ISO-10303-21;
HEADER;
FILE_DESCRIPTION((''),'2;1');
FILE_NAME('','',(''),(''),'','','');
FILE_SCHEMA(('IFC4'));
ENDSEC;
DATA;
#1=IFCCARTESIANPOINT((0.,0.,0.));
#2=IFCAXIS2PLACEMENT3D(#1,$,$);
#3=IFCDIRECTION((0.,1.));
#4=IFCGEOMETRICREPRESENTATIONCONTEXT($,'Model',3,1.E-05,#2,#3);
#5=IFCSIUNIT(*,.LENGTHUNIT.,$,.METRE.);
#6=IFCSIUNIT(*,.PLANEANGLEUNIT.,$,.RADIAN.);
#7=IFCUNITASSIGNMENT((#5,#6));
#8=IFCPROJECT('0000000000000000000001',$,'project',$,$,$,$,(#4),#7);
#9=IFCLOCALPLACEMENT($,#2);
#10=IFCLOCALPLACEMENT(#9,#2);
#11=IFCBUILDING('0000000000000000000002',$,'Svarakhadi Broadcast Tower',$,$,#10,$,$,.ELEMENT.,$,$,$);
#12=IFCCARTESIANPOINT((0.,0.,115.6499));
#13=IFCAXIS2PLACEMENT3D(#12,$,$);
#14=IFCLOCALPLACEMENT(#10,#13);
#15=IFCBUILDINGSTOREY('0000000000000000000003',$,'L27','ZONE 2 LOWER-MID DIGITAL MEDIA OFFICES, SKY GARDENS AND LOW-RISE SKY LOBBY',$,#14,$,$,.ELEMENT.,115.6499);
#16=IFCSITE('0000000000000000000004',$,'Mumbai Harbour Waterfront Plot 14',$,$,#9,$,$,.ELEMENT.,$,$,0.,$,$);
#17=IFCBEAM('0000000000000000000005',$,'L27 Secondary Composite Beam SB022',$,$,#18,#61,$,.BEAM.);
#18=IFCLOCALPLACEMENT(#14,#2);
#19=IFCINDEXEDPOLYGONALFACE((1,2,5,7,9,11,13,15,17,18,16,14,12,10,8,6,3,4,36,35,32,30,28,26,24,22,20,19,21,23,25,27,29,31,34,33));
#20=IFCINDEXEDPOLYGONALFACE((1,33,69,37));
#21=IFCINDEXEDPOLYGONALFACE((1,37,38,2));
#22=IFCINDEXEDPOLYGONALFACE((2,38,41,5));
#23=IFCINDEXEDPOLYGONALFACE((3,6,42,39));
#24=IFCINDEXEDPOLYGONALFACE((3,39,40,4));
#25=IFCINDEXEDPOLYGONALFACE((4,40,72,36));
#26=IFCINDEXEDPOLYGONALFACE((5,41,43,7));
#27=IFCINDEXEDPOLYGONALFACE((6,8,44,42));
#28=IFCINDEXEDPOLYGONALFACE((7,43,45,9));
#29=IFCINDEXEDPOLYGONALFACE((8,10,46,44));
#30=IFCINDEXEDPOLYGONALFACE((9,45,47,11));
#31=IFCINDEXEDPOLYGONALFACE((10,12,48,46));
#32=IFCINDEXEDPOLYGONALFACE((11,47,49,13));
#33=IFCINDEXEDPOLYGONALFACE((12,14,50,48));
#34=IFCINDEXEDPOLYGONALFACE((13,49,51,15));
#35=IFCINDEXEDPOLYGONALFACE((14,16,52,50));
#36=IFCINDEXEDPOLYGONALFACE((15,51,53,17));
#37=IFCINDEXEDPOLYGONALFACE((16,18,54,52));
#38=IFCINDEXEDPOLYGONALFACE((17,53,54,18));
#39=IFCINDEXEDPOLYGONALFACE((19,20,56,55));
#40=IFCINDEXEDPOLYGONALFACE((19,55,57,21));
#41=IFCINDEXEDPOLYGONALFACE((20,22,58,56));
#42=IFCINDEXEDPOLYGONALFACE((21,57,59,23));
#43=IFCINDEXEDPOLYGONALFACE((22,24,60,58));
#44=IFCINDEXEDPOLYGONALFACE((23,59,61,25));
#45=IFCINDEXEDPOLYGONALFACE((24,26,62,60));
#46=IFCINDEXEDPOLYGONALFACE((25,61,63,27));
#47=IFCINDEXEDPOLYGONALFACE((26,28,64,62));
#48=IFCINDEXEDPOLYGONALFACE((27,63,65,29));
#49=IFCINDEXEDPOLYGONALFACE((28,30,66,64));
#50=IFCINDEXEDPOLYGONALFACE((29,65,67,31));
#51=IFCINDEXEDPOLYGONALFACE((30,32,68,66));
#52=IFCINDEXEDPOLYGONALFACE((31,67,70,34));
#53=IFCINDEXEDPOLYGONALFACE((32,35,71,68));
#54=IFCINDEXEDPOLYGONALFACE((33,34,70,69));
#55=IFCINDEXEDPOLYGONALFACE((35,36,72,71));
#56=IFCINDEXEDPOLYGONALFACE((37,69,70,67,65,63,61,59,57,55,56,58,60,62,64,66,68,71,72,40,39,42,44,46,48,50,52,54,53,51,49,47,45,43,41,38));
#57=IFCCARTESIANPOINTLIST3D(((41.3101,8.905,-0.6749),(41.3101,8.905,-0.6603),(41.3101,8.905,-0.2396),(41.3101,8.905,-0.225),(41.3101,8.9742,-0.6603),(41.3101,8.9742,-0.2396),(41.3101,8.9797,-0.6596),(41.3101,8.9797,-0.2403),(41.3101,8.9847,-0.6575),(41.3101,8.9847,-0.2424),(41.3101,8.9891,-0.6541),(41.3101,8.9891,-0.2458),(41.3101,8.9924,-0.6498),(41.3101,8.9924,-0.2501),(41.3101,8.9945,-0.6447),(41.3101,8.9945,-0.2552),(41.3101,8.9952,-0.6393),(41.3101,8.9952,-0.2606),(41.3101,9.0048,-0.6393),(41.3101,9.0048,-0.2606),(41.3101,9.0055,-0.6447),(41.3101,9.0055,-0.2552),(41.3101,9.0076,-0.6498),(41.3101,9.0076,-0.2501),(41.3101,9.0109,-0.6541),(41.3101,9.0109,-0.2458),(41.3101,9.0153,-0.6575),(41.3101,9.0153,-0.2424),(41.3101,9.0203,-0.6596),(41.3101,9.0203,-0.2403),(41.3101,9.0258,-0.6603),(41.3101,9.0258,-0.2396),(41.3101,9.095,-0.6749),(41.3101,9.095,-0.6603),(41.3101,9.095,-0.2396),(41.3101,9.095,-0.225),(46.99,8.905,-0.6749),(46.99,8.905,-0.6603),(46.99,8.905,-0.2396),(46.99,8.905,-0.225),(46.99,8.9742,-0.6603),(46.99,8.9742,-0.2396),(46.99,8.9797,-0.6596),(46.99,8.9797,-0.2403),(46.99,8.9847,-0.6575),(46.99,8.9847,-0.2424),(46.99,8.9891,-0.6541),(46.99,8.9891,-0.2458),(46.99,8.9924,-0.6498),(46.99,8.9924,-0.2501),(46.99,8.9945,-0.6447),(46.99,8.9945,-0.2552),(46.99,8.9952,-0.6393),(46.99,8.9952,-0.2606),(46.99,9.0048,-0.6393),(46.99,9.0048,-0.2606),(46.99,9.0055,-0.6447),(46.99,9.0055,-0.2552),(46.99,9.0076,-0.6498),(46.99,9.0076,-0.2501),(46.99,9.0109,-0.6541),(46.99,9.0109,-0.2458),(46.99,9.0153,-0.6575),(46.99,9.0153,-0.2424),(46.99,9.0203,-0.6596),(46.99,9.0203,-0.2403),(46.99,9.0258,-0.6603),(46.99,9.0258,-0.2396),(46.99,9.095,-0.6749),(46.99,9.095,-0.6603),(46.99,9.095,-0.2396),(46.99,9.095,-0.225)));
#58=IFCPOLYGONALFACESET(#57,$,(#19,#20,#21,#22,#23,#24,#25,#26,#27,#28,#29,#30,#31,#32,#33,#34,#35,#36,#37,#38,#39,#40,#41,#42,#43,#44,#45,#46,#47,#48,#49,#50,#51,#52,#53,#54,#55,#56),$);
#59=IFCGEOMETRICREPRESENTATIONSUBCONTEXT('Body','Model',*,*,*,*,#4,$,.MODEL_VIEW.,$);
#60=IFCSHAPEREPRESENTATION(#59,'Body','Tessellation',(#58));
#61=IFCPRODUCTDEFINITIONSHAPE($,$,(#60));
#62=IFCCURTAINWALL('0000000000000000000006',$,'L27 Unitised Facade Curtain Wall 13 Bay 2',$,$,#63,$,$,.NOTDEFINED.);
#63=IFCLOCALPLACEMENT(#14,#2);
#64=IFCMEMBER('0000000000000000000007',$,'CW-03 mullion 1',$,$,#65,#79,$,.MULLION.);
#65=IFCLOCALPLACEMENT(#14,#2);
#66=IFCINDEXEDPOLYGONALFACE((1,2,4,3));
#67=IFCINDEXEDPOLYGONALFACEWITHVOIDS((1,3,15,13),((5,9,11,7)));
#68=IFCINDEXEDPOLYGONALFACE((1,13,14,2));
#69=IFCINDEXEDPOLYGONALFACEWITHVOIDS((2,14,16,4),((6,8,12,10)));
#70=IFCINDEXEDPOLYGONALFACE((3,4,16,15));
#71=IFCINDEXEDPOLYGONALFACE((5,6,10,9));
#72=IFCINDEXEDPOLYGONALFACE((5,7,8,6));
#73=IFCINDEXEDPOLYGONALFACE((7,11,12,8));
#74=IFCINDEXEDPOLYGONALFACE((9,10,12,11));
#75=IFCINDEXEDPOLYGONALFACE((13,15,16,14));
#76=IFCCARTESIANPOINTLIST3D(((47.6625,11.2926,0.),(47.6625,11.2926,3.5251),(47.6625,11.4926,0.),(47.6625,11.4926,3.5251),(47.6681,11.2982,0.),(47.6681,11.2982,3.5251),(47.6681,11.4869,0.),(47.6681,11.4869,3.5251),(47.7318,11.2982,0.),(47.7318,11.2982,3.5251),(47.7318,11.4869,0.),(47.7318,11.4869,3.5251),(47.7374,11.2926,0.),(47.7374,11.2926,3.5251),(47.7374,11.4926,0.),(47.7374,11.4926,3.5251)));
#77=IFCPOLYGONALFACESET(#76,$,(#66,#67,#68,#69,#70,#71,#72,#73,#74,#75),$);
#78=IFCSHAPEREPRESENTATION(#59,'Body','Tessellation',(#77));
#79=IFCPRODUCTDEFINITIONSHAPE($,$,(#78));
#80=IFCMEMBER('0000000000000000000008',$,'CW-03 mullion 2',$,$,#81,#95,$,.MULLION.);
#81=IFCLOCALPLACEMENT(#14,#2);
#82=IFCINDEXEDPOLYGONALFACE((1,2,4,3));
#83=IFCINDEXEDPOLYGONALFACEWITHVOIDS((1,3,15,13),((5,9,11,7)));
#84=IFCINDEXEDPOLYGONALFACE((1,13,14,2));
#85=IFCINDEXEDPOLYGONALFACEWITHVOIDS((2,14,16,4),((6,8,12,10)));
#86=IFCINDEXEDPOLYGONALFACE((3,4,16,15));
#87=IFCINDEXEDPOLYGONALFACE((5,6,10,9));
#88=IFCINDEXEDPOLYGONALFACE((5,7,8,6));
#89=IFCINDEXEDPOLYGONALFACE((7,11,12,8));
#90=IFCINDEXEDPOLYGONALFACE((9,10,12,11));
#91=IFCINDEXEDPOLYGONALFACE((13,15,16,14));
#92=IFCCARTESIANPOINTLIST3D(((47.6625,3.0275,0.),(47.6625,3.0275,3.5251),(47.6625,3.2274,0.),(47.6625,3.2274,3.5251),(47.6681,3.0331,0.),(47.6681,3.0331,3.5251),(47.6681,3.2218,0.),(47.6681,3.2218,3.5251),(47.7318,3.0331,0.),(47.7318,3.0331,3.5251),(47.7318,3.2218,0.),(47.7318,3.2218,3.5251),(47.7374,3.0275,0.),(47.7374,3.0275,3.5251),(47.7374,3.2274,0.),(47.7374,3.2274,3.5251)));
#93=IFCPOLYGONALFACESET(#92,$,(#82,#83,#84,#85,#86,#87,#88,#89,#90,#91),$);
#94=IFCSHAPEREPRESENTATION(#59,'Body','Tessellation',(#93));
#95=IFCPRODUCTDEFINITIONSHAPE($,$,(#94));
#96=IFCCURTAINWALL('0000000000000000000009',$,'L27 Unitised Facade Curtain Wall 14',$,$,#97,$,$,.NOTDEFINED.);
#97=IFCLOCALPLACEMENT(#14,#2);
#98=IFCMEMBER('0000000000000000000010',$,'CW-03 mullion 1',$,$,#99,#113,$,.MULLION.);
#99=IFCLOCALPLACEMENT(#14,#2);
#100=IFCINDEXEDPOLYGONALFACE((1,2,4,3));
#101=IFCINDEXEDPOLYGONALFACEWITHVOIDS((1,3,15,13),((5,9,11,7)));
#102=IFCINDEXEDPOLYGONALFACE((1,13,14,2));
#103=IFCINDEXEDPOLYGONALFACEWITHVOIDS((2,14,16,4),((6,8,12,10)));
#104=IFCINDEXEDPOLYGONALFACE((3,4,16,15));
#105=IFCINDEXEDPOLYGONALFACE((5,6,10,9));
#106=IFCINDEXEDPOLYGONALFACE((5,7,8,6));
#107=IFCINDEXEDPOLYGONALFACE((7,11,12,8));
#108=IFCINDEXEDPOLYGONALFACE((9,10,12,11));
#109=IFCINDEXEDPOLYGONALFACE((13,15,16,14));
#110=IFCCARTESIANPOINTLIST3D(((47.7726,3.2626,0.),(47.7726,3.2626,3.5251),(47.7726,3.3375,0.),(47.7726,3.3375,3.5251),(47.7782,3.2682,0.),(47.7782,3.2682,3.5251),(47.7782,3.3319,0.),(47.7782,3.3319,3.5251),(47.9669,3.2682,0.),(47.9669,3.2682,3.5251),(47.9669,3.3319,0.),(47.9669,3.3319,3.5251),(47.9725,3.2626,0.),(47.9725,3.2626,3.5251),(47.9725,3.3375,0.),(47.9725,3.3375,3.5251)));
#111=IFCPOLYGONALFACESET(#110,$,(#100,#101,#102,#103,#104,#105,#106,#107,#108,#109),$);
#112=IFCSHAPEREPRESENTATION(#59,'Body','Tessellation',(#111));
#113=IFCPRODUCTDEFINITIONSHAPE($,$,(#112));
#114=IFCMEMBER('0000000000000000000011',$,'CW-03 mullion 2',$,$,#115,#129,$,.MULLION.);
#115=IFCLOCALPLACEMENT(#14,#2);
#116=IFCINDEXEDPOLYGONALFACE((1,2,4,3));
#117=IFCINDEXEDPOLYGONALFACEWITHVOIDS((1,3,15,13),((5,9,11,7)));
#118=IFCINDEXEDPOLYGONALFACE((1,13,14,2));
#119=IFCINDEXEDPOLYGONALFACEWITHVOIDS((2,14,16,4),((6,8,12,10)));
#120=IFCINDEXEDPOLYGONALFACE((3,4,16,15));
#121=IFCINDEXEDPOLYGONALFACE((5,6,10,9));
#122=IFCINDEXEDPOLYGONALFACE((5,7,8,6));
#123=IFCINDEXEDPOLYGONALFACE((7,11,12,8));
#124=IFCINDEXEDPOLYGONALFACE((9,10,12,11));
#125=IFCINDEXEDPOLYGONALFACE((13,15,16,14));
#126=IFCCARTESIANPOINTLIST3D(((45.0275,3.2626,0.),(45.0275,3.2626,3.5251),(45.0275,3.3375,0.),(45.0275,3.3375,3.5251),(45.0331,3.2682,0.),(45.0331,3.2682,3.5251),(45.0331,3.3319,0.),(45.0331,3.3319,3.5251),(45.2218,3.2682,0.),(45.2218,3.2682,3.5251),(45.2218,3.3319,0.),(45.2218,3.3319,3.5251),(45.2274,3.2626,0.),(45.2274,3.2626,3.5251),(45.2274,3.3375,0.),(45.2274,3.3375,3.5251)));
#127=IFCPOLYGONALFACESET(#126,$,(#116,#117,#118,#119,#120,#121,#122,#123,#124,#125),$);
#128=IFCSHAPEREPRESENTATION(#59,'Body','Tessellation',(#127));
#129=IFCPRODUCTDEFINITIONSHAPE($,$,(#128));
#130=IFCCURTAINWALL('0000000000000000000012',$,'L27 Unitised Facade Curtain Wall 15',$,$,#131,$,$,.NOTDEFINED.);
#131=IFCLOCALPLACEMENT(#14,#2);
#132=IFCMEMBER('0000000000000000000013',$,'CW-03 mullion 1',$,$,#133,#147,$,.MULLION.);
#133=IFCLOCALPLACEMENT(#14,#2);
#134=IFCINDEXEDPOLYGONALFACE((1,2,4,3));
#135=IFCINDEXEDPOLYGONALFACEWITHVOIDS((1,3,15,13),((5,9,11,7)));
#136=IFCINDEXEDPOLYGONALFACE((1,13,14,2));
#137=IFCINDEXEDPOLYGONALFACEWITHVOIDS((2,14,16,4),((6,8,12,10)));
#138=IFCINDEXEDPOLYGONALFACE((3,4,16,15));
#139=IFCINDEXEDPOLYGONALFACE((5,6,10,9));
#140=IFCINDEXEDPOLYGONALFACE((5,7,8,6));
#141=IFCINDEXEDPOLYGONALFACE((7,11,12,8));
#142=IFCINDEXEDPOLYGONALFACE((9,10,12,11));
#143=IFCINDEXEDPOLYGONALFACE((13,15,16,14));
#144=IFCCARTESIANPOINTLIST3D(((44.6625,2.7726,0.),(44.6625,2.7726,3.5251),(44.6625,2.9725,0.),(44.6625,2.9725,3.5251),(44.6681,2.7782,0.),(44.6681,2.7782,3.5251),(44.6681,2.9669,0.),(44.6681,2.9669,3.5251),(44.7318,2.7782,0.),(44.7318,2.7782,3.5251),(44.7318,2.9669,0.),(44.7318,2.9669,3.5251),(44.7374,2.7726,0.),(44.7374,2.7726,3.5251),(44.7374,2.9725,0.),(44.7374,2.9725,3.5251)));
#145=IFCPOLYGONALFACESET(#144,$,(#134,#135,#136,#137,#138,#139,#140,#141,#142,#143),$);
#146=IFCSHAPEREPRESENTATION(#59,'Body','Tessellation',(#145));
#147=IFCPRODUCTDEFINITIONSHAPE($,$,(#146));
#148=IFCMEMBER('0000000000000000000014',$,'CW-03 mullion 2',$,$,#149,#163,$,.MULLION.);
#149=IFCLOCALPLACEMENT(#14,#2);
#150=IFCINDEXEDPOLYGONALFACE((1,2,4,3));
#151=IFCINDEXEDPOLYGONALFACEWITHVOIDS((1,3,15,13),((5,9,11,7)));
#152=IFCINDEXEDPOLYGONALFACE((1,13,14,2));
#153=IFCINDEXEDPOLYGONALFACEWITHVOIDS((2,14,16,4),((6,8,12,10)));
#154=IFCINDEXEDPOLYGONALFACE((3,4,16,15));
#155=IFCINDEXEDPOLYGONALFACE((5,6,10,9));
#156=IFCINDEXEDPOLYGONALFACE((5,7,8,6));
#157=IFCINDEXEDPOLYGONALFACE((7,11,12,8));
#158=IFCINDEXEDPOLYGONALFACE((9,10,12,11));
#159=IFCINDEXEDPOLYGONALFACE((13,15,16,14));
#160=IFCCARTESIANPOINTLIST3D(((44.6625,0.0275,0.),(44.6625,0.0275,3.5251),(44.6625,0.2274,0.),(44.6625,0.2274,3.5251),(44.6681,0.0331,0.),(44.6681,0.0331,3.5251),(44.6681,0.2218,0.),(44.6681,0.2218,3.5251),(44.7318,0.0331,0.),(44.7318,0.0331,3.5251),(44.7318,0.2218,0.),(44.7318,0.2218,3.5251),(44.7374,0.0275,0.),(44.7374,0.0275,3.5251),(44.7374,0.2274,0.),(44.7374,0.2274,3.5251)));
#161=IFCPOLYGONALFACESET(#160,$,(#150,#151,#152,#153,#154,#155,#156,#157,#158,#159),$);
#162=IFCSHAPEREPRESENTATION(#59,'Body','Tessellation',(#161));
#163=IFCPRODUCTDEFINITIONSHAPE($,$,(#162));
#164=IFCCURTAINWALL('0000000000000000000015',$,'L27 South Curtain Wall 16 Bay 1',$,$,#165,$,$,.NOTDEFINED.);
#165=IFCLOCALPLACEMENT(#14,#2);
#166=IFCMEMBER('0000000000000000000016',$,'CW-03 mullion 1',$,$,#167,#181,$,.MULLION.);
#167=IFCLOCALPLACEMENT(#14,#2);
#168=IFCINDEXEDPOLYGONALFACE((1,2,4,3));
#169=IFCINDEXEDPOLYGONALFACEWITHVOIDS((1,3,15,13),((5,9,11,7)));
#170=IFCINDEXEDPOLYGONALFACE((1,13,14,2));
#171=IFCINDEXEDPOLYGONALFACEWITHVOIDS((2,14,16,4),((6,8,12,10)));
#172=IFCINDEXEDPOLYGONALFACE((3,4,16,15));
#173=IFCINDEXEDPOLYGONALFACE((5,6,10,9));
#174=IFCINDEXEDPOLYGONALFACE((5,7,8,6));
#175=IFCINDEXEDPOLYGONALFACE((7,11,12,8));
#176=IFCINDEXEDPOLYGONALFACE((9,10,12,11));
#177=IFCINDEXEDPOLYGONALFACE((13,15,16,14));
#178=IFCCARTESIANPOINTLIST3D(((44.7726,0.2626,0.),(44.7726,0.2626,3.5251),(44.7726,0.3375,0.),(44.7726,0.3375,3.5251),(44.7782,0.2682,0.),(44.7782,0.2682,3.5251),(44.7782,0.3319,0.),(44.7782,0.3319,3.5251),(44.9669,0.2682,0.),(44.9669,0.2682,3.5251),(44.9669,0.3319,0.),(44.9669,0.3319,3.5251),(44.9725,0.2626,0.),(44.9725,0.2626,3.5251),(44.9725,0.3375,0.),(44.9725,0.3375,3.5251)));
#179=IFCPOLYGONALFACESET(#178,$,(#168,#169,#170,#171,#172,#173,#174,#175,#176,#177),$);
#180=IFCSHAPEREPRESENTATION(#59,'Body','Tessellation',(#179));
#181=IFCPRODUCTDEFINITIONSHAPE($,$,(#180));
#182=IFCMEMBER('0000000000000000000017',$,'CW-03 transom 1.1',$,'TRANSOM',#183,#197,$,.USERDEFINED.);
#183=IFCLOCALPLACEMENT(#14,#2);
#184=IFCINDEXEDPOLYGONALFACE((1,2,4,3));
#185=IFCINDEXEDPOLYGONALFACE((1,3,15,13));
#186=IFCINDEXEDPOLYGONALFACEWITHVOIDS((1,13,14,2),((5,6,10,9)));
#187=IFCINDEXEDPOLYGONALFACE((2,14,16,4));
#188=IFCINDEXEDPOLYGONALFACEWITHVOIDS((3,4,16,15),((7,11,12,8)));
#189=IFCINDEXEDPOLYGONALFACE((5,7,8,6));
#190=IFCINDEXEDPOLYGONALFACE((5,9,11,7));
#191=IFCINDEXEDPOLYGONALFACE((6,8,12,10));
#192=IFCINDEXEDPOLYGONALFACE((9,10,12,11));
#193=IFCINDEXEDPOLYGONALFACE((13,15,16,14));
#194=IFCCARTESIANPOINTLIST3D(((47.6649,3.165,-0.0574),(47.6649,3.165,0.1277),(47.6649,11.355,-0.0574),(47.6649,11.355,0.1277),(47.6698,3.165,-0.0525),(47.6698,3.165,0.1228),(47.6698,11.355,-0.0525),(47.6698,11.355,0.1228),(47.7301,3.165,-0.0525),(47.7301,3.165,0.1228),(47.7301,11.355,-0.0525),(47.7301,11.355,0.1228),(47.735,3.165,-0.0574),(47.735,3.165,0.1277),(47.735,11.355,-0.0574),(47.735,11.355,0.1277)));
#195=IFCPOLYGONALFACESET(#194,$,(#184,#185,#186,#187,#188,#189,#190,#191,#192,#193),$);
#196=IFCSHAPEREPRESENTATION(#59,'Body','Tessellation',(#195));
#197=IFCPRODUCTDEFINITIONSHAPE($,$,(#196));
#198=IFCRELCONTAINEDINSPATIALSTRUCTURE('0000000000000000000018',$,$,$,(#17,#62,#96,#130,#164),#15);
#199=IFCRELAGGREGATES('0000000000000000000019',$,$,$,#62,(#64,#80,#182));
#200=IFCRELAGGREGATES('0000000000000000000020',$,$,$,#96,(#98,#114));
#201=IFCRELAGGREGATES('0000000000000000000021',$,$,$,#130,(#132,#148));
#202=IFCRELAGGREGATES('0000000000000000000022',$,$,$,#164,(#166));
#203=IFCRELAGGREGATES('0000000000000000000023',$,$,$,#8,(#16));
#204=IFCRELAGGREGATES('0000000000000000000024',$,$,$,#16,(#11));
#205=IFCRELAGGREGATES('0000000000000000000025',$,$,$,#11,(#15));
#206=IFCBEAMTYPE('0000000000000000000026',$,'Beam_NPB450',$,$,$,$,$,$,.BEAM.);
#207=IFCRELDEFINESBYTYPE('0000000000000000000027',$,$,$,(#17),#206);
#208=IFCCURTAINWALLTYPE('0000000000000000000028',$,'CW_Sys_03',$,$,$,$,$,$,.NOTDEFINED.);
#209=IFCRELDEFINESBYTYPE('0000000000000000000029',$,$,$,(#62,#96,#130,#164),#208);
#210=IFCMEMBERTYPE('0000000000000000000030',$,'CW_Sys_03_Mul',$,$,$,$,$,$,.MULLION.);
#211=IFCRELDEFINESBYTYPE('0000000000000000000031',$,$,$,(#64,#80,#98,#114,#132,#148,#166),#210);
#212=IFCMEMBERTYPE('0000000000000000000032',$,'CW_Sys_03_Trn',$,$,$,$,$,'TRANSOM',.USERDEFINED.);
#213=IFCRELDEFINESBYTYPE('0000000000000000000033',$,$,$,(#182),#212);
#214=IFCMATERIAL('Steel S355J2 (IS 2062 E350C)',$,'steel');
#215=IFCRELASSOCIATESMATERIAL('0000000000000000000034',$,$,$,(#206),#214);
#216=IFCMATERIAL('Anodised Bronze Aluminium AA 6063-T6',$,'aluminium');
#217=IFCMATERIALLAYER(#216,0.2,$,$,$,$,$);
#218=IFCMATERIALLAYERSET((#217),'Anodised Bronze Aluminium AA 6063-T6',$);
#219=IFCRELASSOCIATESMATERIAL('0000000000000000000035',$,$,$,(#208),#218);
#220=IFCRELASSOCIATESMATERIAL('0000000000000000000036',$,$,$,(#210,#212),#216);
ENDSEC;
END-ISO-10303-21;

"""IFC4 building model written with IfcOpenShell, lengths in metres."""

from ifc_helpers import new_model, si_unit, direction, frame, origin, origin_2d, place, context, subcontext, project, spatial, hollow_rectangle, i_section, extrude, material, layer, layer_set, material_profile, profile_set, type_object, element, aggregate, save


model = new_model("IFC4")

# Units and contexts
model_context = context("Model", 3, precision=1e-05, world=origin(), true_north=direction((0.0, 1.0)))
body_context = subcontext(model_context, "Body", "Model", "MODEL_VIEW")
ifc_project = project(units=[si_unit("LENGTHUNIT", "METRE"), si_unit("PLANEANGLEUNIT", "RADIAN")], contexts=[model_context])

# Site, building, storey
site_placement = place(None, origin())
site = spatial("IfcSite", under=ifc_project, at=site_placement, Name="Mumbai Harbour Waterfront Plot 14", CompositionType="ELEMENT", RefElevation=0.0)
building_placement = place(site_placement, origin())
building = spatial("IfcBuilding", under=site, at=building_placement, Name="Svarakhadi Broadcast Tower", CompositionType="ELEMENT")
storey_placement = place(building_placement, frame((0.0, 0.0, 115.6499)))
storey = spatial("IfcBuildingStorey", under=building, at=storey_placement, Name="L27", Description="ZONE 2 LOWER-MID DIGITAL MEDIA OFFICES, SKY GARDENS AND LOW-RISE SKY LOBBY", CompositionType="ELEMENT", Elevation=115.6499)

# Beam
ifc_material_1 = material(Name="Steel S355J2 (IS 2062 E350C)", Category="steel")
ifc_material_profile_1 = material_profile(ifc_material_1, i_section(OverallWidth=0.1899, OverallDepth=0.45, WebThickness=0.0095, FlangeThickness=0.0146, FilletRadius=0.021, at=origin_2d()), Name="NPB 450x190x78")
ifc_profile_set_1 = profile_set([ifc_material_profile_1], Name="Steel S355J2 (IS 2062 E350C)")
beam_type_1 = type_object("IfcBeamType", Name="Beam_NPB450", PredefinedType="BEAM", material=ifc_profile_set_1)
beam_1_placement = place(storey_placement, frame((41.3101, 9.0, -0.45), z_axis=(1.0, 0.0, 0.0), x_axis=(0.0, 1.0, 0.0)))
element("IfcBeam", 1, at=beam_1_placement, inside=storey, type_object=beam_type_1, Name="L27 Secondary Composite Beam SB022", PredefinedType="BEAM", context=body_context, shape_type="SweptSolid", body=[
    extrude(i_section(OverallWidth=0.1899, OverallDepth=0.45, WebThickness=0.0095, FlangeThickness=0.0146, FilletRadius=0.021, at=origin_2d()), origin(), (0.0, 0.0, 1.0), 5.6799),
])

# Curtain walls, members
ifc_material_2 = material(Name="Anodised Bronze Aluminium AA 6063-T6", Category="aluminium")
ifc_layer_1 = layer(ifc_material_2, 0.2)
ifc_layer_set_1 = layer_set([ifc_layer_1], Name="Anodised Bronze Aluminium AA 6063-T6")
curtain_wall_type = type_object("IfcCurtainWallType", Name="CW_Sys_03", PredefinedType="NOTDEFINED", material=ifc_layer_set_1)
curtain_wall_1_placement = place(storey_placement, origin())
curtain_wall_1 = element("IfcCurtainWall", 2, at=curtain_wall_1_placement, inside=storey, type_object=curtain_wall_type, Name="L27 Unitised Facade Curtain Wall 13 Bay 2", PredefinedType="NOTDEFINED")
ifc_material_profile_2 = material_profile(ifc_material_2, hollow_rectangle(XDim=0.075, YDim=0.2, WallThickness=0.0056, at=origin_2d()), Name="ALU MULLION 200x75x6")
ifc_profile_set_2 = profile_set([ifc_material_profile_2], Name="Anodised Bronze Aluminium AA 6063-T6")
member_type_1 = type_object("IfcMemberType", Name="CW_Sys_03_Mul", PredefinedType="MULLION", material=ifc_profile_set_2)
member_1_placement = place(storey_placement, frame((47.7, 11.3926, 0.0), z_axis=(0.0, 0.0, 1.0), x_axis=(1.0, 0.0, 0.0)))
member_1 = element("IfcMember", 3, at=member_1_placement, type_object=member_type_1, Name="CW-03 mullion 1", PredefinedType="MULLION", context=body_context, shape_type="SweptSolid", body=[
    extrude(hollow_rectangle(XDim=0.075, YDim=0.2, WallThickness=0.0056, at=origin_2d()), origin(), (0.0, 0.0, 1.0), 3.5251),
])
member_2_placement = place(storey_placement, frame((47.7, 3.1274, 0.0), z_axis=(0.0, 0.0, 1.0), x_axis=(1.0, 0.0, 0.0)))
member_2 = element("IfcMember", 4, at=member_2_placement, type_object=member_type_1, Name="CW-03 mullion 2", PredefinedType="MULLION", context=body_context, shape_type="SweptSolid", body=[
    extrude(hollow_rectangle(XDim=0.075, YDim=0.2, WallThickness=0.0056, at=origin_2d()), origin(), (0.0, 0.0, 1.0), 3.5251),
])
curtain_wall_2_placement = place(storey_placement, origin())
curtain_wall_2 = element("IfcCurtainWall", 5, at=curtain_wall_2_placement, inside=storey, type_object=curtain_wall_type, Name="L27 Unitised Facade Curtain Wall 14", PredefinedType="NOTDEFINED")
member_3_placement = place(storey_placement, frame((47.8726, 3.3, 0.0), z_axis=(0.0, 0.0, 1.0), x_axis=(0.0, -1.0, 0.0)))
member_3 = element("IfcMember", 6, at=member_3_placement, type_object=member_type_1, Name="CW-03 mullion 1", PredefinedType="MULLION", context=body_context, shape_type="SweptSolid", body=[
    extrude(hollow_rectangle(XDim=0.075, YDim=0.2, WallThickness=0.0056, at=origin_2d()), origin(), (0.0, 0.0, 1.0), 3.5251),
])
member_4_placement = place(storey_placement, frame((45.1274, 3.3, 0.0), z_axis=(0.0, 0.0, 1.0), x_axis=(0.0, -1.0, 0.0)))
member_4 = element("IfcMember", 7, at=member_4_placement, type_object=member_type_1, Name="CW-03 mullion 2", PredefinedType="MULLION", context=body_context, shape_type="SweptSolid", body=[
    extrude(hollow_rectangle(XDim=0.075, YDim=0.2, WallThickness=0.0056, at=origin_2d()), origin(), (0.0, 0.0, 1.0), 3.5251),
])
curtain_wall_3_placement = place(storey_placement, origin())
curtain_wall_3 = element("IfcCurtainWall", 8, at=curtain_wall_3_placement, inside=storey, type_object=curtain_wall_type, Name="L27 Unitised Facade Curtain Wall 15", PredefinedType="NOTDEFINED")
member_5_placement = place(storey_placement, frame((44.7, 2.8726, 0.0), z_axis=(0.0, 0.0, 1.0), x_axis=(1.0, 0.0, 0.0)))
member_5 = element("IfcMember", 9, at=member_5_placement, type_object=member_type_1, Name="CW-03 mullion 1", PredefinedType="MULLION", context=body_context, shape_type="SweptSolid", body=[
    extrude(hollow_rectangle(XDim=0.075, YDim=0.2, WallThickness=0.0056, at=origin_2d()), origin(), (0.0, 0.0, 1.0), 3.5251),
])
member_6_placement = place(storey_placement, frame((44.7, 0.1274, 0.0), z_axis=(0.0, 0.0, 1.0), x_axis=(1.0, 0.0, 0.0)))
member_6 = element("IfcMember", 10, at=member_6_placement, type_object=member_type_1, Name="CW-03 mullion 2", PredefinedType="MULLION", context=body_context, shape_type="SweptSolid", body=[
    extrude(hollow_rectangle(XDim=0.075, YDim=0.2, WallThickness=0.0056, at=origin_2d()), origin(), (0.0, 0.0, 1.0), 3.5251),
])

# Curtain wall, member
curtain_wall_4_placement = place(storey_placement, origin())
curtain_wall_4 = element("IfcCurtainWall", 11, at=curtain_wall_4_placement, inside=storey, type_object=curtain_wall_type, Name="L27 South Curtain Wall 16 Bay 1", PredefinedType="NOTDEFINED")
member_7_placement = place(storey_placement, frame((44.8726, 0.3, 0.0), z_axis=(0.0, 0.0, 1.0), x_axis=(0.0, -1.0, 0.0)))
member_7 = element("IfcMember", 12, at=member_7_placement, type_object=member_type_1, Name="CW-03 mullion 1", PredefinedType="MULLION", context=body_context, shape_type="SweptSolid", body=[
    extrude(hollow_rectangle(XDim=0.075, YDim=0.2, WallThickness=0.0056, at=origin_2d()), origin(), (0.0, 0.0, 1.0), 3.5251),
])

# Member
ifc_material_profile_3 = material_profile(ifc_material_2, hollow_rectangle(XDim=0.0701, YDim=0.1851, WallThickness=0.0049, at=origin_2d()), Name="ALU TRANSOM 185x70x5")
ifc_profile_set_3 = profile_set([ifc_material_profile_3], Name="Anodised Bronze Aluminium AA 6063-T6")
member_type_2 = type_object("IfcMemberType", Name="CW_Sys_03_Trn", ElementType="TRANSOM", PredefinedType="USERDEFINED", material=ifc_profile_set_3)
member_8_placement = place(storey_placement, frame((47.7, 11.355, 0.0352), z_axis=(0.0, -1.0, 0.0), x_axis=(1.0, 0.0, 0.0)))
member_8 = element("IfcMember", 13, at=member_8_placement, type_object=member_type_2, Name="CW-03 transom 1.1", ObjectType="TRANSOM", PredefinedType="USERDEFINED", context=body_context, shape_type="SweptSolid", body=[
    extrude(hollow_rectangle(XDim=0.0701, YDim=0.1851, WallThickness=0.0049, at=origin_2d()), origin(), (0.0, 0.0, 1.0), 8.1899),
])

aggregate(curtain_wall_1, [member_1, member_2, member_8])
aggregate(curtain_wall_2, [member_3, member_4])
aggregate(curtain_wall_3, [member_5, member_6])
aggregate(curtain_wall_4, [member_7])

save(model, "model.ifc")
